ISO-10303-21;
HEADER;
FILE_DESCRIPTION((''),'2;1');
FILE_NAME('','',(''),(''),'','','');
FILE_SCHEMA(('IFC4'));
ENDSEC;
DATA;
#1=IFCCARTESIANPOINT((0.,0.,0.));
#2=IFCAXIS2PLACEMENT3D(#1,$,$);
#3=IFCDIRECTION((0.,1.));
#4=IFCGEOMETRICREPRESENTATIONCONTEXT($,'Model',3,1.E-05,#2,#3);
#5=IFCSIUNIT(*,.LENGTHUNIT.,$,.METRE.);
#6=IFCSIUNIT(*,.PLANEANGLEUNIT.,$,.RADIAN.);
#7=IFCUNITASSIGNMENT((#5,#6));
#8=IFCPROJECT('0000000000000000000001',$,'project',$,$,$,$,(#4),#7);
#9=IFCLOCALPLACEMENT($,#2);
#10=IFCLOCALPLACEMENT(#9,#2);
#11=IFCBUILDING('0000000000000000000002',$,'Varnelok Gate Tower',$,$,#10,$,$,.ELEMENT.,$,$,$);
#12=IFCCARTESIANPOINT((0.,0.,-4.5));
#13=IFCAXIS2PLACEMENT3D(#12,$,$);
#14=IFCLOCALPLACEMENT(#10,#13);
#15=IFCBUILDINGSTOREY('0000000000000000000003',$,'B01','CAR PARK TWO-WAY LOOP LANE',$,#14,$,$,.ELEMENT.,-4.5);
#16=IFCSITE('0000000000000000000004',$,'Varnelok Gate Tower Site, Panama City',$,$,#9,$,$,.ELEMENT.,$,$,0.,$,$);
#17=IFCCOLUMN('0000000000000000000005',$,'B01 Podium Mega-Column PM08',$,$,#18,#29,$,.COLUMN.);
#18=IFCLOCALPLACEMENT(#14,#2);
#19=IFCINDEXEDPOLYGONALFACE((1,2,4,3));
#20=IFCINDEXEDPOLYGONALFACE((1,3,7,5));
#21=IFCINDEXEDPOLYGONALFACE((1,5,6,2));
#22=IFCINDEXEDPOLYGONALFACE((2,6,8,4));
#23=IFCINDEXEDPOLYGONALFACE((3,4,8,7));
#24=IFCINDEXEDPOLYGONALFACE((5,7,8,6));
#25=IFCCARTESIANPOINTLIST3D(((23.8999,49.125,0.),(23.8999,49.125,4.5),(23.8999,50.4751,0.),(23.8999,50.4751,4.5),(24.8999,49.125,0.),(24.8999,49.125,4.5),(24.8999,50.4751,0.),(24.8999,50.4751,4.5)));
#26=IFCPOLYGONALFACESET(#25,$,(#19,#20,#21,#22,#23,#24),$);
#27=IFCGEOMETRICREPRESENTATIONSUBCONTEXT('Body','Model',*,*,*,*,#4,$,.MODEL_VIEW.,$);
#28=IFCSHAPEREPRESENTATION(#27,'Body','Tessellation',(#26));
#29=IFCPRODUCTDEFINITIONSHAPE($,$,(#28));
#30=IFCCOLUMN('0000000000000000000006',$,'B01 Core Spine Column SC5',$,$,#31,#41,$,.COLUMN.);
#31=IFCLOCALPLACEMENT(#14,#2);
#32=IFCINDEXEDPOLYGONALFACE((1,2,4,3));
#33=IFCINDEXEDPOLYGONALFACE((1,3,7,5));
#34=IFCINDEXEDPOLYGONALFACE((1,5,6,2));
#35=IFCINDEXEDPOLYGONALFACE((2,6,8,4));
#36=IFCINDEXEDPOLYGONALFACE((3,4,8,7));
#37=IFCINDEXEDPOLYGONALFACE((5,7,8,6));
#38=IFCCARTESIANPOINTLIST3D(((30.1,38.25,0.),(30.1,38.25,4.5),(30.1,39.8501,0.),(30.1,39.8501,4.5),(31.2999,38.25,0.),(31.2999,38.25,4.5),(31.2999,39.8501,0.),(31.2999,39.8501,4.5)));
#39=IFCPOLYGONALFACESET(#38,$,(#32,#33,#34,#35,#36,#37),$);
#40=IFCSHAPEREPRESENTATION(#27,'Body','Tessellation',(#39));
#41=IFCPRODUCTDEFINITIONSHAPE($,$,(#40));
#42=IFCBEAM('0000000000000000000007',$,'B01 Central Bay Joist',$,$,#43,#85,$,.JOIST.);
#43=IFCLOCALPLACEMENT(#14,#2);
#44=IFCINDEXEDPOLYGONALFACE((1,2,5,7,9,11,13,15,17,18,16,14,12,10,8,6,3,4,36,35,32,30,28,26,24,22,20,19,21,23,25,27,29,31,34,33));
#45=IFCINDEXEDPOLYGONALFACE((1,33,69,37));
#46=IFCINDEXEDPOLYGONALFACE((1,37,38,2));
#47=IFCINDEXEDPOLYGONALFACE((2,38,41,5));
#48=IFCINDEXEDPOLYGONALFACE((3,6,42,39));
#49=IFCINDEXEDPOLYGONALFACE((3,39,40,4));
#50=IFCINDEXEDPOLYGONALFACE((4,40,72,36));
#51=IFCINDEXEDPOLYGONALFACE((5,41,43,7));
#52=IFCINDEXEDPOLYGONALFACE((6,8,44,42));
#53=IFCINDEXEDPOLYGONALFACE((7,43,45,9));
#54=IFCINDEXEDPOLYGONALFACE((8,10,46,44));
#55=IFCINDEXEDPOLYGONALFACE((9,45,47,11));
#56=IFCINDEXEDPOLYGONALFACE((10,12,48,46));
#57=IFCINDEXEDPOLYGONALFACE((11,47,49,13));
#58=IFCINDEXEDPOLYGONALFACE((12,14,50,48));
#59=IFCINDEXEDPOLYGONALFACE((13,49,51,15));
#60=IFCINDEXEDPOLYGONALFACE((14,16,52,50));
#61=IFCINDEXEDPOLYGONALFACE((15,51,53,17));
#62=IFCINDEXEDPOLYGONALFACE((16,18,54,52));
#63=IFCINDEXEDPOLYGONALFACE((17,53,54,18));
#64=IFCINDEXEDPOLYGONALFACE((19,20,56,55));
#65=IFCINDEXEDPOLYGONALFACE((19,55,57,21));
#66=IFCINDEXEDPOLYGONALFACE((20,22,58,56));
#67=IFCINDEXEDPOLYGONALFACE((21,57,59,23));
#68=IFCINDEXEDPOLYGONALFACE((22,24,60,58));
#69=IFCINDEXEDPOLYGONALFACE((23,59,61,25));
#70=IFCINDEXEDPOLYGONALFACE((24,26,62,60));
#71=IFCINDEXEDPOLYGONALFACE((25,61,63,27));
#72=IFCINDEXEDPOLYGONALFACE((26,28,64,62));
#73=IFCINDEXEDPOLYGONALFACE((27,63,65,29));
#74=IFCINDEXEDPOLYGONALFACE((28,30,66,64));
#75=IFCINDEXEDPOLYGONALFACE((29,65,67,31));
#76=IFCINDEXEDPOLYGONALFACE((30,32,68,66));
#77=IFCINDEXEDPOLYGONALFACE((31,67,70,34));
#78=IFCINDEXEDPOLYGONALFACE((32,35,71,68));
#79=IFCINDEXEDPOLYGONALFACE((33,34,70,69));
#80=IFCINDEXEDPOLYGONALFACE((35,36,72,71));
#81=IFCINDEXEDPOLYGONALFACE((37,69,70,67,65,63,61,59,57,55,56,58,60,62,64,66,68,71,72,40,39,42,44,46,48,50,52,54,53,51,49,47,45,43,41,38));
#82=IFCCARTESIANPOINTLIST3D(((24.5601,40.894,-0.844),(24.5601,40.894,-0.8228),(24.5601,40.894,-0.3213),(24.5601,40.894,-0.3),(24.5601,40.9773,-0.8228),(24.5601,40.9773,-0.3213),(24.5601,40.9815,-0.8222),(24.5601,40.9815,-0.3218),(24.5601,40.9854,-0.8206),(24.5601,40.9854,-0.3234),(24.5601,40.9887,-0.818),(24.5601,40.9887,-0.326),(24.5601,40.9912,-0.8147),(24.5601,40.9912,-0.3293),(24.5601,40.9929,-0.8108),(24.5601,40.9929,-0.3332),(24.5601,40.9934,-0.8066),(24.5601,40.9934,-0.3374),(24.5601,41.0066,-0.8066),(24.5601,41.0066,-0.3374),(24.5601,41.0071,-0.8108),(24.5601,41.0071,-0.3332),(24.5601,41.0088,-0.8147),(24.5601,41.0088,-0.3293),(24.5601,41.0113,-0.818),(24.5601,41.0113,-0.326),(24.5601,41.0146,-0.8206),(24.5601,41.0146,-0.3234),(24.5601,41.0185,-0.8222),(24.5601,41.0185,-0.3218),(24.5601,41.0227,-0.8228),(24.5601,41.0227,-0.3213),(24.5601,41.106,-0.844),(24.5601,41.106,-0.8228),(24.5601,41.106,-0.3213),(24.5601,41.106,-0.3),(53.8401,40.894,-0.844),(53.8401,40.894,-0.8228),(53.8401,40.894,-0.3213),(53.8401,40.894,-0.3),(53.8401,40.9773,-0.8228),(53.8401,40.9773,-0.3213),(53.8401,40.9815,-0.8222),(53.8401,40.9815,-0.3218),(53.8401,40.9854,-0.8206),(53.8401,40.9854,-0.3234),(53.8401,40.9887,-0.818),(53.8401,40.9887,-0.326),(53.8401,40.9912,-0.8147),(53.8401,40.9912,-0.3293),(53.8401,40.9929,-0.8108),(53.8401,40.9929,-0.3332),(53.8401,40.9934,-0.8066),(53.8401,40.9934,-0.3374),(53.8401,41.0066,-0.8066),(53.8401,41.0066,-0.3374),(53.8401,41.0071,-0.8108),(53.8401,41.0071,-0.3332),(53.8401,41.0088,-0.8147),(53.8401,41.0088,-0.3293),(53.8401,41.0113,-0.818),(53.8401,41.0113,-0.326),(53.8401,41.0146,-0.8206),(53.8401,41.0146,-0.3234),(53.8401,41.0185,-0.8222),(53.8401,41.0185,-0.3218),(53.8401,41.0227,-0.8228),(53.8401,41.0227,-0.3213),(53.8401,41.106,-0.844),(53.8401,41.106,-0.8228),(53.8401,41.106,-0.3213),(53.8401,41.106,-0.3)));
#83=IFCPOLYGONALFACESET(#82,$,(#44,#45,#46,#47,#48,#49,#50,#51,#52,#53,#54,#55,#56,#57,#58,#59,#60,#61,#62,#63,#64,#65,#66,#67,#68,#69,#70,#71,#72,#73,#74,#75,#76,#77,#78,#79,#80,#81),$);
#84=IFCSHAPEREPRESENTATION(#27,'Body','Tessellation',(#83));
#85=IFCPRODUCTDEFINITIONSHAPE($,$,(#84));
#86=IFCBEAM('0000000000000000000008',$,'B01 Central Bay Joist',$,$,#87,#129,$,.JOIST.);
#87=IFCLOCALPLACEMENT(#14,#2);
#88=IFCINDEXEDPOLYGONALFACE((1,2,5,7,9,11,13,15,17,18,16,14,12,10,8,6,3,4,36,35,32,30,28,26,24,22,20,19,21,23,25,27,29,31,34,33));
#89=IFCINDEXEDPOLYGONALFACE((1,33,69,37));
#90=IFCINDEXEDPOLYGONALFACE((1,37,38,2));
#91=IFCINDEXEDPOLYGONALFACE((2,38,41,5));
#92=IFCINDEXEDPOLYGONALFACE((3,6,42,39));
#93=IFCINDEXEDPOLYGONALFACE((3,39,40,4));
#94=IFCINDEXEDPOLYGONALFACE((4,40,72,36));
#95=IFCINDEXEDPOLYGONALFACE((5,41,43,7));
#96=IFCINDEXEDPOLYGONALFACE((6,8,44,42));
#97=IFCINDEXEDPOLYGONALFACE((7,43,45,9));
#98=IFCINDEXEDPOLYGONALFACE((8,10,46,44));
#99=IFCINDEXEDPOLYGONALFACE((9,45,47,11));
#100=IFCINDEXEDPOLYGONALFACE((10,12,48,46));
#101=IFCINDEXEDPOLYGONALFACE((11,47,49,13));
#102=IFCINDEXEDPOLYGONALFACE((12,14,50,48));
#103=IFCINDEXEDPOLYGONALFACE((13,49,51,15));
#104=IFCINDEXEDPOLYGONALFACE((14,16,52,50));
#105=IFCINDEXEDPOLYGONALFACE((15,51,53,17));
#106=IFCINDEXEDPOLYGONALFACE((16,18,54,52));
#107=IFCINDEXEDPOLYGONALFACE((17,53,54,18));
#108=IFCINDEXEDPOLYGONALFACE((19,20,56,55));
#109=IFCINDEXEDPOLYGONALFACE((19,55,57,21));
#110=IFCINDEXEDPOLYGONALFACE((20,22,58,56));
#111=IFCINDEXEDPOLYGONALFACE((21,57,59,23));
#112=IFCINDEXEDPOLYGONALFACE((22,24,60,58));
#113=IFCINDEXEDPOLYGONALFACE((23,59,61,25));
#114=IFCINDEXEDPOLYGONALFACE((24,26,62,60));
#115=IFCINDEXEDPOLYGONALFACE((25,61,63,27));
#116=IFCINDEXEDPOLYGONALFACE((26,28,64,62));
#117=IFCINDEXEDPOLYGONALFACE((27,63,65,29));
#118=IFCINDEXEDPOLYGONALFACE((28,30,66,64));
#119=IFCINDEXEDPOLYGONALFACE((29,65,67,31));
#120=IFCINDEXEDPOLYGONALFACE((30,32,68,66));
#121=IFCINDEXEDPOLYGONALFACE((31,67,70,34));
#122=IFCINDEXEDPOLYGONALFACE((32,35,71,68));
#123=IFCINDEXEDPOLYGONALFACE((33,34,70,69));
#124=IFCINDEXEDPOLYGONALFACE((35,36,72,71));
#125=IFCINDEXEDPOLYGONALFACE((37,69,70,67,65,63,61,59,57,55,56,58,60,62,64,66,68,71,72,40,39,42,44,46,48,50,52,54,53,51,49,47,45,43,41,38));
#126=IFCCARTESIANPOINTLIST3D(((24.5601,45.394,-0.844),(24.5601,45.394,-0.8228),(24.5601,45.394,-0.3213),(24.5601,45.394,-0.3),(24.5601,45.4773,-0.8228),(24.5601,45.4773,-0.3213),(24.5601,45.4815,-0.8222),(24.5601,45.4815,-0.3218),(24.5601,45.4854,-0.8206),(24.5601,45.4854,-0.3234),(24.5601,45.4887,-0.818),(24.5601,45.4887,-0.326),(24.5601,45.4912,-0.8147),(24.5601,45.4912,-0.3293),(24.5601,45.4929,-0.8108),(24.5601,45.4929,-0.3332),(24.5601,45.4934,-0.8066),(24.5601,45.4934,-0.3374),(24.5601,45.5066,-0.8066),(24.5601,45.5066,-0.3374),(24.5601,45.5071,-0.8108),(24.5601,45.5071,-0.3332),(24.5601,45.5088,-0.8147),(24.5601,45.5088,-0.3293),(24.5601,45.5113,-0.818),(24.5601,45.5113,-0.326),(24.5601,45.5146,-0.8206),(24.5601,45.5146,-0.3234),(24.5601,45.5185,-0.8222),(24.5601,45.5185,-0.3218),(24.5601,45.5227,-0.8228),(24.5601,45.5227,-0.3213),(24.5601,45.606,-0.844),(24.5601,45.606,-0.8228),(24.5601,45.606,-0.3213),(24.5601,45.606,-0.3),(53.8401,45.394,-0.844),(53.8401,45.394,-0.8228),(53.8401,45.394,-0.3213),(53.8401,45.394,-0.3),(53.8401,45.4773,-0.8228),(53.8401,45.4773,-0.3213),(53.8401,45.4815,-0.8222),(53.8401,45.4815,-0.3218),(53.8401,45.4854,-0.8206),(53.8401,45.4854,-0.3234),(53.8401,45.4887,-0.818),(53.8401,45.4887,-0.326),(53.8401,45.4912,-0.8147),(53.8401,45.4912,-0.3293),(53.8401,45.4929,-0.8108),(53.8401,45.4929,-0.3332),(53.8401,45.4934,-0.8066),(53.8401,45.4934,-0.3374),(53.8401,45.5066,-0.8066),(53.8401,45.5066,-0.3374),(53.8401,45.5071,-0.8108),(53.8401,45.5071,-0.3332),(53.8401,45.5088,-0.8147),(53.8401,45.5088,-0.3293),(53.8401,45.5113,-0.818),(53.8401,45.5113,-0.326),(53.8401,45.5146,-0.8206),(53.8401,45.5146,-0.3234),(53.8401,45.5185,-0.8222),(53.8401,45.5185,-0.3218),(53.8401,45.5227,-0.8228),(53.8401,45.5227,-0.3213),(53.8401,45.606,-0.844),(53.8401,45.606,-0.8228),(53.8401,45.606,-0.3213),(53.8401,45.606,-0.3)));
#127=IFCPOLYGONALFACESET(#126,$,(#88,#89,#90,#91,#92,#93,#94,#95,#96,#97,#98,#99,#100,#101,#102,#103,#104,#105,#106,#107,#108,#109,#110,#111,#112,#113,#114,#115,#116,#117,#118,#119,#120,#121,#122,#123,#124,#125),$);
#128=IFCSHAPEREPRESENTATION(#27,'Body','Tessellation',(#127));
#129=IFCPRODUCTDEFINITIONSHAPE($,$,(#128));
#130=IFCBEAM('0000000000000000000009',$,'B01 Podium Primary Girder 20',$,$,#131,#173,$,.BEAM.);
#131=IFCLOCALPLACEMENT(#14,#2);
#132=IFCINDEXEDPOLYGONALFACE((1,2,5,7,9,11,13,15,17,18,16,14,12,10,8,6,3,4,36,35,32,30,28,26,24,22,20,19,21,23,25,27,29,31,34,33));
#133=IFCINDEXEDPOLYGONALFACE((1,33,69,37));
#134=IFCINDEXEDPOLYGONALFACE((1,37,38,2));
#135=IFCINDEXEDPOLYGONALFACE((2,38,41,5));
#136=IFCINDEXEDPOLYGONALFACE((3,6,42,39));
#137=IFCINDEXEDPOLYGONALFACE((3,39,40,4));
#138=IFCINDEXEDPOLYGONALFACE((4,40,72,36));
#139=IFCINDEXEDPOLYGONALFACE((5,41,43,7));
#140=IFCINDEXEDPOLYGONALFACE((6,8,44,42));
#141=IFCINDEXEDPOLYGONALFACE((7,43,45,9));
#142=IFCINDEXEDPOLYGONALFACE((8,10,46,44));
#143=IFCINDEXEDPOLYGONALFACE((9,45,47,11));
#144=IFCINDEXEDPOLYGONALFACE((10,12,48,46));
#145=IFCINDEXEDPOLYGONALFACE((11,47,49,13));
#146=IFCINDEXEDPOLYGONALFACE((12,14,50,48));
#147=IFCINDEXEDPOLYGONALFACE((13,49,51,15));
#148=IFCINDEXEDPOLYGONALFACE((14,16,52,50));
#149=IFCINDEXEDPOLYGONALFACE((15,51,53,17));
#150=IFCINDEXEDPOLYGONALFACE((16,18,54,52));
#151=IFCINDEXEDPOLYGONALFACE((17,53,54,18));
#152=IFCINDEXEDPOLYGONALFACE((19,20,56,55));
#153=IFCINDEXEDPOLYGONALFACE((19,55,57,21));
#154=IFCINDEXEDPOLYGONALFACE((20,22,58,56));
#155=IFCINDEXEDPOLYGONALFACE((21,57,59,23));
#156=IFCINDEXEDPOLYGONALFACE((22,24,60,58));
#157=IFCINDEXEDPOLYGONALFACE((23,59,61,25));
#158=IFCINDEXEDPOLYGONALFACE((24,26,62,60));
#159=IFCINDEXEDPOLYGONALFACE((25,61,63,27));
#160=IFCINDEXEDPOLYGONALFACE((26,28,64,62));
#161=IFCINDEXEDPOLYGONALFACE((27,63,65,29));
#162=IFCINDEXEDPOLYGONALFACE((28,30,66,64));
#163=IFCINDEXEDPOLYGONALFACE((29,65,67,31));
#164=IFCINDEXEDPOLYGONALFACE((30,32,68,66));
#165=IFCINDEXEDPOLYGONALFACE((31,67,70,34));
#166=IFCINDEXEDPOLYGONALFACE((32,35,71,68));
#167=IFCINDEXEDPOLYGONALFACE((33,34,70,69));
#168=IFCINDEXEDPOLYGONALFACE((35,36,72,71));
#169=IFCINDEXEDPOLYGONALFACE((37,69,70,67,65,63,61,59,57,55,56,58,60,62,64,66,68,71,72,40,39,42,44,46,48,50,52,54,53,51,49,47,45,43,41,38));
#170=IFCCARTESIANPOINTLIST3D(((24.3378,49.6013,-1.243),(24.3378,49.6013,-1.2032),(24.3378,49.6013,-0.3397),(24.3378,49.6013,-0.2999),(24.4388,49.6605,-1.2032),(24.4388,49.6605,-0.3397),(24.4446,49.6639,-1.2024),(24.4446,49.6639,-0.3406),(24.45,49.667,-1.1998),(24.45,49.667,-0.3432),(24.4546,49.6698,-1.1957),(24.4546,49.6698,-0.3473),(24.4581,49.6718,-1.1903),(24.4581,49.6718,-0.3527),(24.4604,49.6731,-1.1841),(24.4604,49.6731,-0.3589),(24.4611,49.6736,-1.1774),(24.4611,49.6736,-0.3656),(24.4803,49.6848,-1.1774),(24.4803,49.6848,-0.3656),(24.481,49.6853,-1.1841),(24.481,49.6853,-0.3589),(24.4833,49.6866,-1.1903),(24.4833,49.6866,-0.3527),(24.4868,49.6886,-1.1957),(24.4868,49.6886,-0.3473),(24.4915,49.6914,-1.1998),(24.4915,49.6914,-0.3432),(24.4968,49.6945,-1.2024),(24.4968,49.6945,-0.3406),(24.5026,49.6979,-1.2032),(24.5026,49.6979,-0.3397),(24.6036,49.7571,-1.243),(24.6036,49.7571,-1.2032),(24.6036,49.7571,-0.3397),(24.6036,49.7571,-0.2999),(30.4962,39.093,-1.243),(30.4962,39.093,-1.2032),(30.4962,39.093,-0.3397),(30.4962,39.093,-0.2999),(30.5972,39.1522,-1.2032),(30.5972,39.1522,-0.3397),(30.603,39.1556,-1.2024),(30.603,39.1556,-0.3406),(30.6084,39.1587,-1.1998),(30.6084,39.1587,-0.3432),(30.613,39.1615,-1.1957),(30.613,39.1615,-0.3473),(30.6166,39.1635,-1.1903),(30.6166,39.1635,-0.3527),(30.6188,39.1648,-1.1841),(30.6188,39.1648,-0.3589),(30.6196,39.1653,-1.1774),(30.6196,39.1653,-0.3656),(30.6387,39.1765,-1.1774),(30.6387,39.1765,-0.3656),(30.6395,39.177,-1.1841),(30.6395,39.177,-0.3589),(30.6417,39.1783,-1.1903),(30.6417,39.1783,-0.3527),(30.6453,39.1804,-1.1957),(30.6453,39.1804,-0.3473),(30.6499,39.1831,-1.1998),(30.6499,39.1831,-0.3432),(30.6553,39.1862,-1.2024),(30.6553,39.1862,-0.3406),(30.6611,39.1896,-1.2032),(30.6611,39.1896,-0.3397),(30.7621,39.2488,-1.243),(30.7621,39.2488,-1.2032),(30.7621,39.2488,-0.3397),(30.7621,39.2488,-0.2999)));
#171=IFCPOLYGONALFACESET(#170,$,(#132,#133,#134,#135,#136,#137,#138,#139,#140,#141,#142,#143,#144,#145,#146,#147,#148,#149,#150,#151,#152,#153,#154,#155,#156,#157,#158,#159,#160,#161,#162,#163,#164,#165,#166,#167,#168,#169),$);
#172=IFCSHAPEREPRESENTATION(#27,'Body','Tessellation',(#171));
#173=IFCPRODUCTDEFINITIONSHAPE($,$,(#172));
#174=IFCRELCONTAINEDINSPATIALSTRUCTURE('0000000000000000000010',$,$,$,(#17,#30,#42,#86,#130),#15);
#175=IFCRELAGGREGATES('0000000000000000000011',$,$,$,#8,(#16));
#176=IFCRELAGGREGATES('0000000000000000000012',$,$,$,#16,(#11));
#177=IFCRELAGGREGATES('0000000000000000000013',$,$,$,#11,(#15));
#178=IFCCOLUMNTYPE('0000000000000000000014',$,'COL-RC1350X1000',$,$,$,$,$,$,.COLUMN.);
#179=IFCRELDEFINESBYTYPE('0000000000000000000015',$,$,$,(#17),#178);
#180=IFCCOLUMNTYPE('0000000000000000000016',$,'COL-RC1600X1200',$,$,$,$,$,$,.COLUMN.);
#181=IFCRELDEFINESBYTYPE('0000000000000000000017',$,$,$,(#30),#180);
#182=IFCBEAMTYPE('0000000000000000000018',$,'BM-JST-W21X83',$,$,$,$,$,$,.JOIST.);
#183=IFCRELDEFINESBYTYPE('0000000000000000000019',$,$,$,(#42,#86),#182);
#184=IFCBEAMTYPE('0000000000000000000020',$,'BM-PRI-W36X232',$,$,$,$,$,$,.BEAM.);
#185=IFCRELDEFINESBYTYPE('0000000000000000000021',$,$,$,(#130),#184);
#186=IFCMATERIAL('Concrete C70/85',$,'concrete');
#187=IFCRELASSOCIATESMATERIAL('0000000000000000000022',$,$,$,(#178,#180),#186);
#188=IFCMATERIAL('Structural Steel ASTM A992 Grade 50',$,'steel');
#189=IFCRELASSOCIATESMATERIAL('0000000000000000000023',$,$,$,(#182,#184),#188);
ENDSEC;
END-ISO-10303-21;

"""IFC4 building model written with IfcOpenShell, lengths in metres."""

from ifc_helpers import new_model, si_unit, direction, frame, origin, origin_2d, place, context, subcontext, project, spatial, rectangle, i_section, extrude, material, material_profile, profile_set, type_object, element, save


model = new_model("IFC4")

# Units and contexts
model_context = context("Model", 3, precision=1e-05, world=origin(), true_north=direction((0.0, 1.0)))
body_context = subcontext(model_context, "Body", "Model", "MODEL_VIEW")
ifc_project = project(units=[si_unit("LENGTHUNIT", "METRE"), si_unit("PLANEANGLEUNIT", "RADIAN")], contexts=[model_context])

# Site, building, storey
site_placement = place(None, origin())
site = spatial("IfcSite", under=ifc_project, at=site_placement, Name="Varnelok Gate Tower Site, Panama City", CompositionType="ELEMENT", RefElevation=0.0)
building_placement = place(site_placement, origin())
building = spatial("IfcBuilding", under=site, at=building_placement, Name="Varnelok Gate Tower", CompositionType="ELEMENT")
storey_placement = place(building_placement, frame((0.0, 0.0, -4.5)))
storey = spatial("IfcBuildingStorey", under=building, at=storey_placement, Name="B01", Description="CAR PARK TWO-WAY LOOP LANE", CompositionType="ELEMENT", Elevation=-4.5)

# Columns
ifc_material_1 = material(Name="Concrete C70/85", Category="concrete")
ifc_material_profile_1 = material_profile(ifc_material_1, rectangle(XDim=1.0, YDim=1.3501, at=origin_2d()), Name="RC1350X1000")
ifc_profile_set_1 = profile_set([ifc_material_profile_1], Name="Concrete C70/85")
column_type_1 = type_object("IfcColumnType", Name="COL-RC1350X1000", PredefinedType="COLUMN", material=ifc_profile_set_1)
column_1_placement = place(storey_placement, frame((24.3999, 49.8, 0.0), z_axis=(0.0, 0.0, 1.0), x_axis=(1.0, 0.0, 0.0)))
element("IfcColumn", 1, at=column_1_placement, inside=storey, type_object=column_type_1, Name="B01 Podium Mega-Column PM08", PredefinedType="COLUMN", context=body_context, shape_type="SweptSolid", body=[
    extrude(rectangle(XDim=1.0, YDim=1.3501, at=origin_2d()), origin(), (0.0, 0.0, 1.0), 4.5),
])
ifc_material_profile_2 = material_profile(ifc_material_1, rectangle(XDim=1.2, YDim=1.6001, at=origin_2d()), Name="RC1600X1200")
ifc_profile_set_2 = profile_set([ifc_material_profile_2], Name="Concrete C70/85")
column_type_2 = type_object("IfcColumnType", Name="COL-RC1600X1200", PredefinedType="COLUMN", material=ifc_profile_set_2)
column_2_placement = place(storey_placement, frame((30.7, 39.05, 0.0), z_axis=(0.0, 0.0, 1.0), x_axis=(1.0, 0.0, 0.0)))
element("IfcColumn", 2, at=column_2_placement, inside=storey, type_object=column_type_2, Name="B01 Core Spine Column SC5", PredefinedType="COLUMN", context=body_context, shape_type="SweptSolid", body=[
    extrude(rectangle(XDim=1.2, YDim=1.6001, at=origin_2d()), origin(), (0.0, 0.0, 1.0), 4.5),
])

# Beams
ifc_material_2 = material(Name="Structural Steel ASTM A992 Grade 50", Category="steel")
ifc_material_profile_3 = material_profile(ifc_material_2, i_section(OverallWidth=0.2119, OverallDepth=0.5439, WebThickness=0.0132, FlangeThickness=0.0212, FilletRadius=0.0161, at=origin_2d()), Name="W21X83")
ifc_profile_set_3 = profile_set([ifc_material_profile_3], Name="Structural Steel ASTM A992 Grade 50")
beam_type_1 = type_object("IfcBeamType", Name="BM-JST-W21X83", PredefinedType="JOIST", material=ifc_profile_set_3)
for number, where, z_axis, x_axis, name in (
    (3, (24.5601, 41.0, -0.572), (1.0, 0.0, 0.0), (0.0, 1.0, 0.0), "B01 Central Bay Joist"),
    (4, (24.5601, 45.5, -0.572), (1.0, 0.0, 0.0), (0.0, 1.0, 0.0), "B01 Central Bay Joist"),
):
    element("IfcBeam", number, at=place(storey_placement, frame(where, z_axis=z_axis, x_axis=x_axis)), inside=storey, type_object=beam_type_1, Name=name, PredefinedType="JOIST", context=body_context, shape_type="SweptSolid", body=[
        extrude(i_section(OverallWidth=0.2119, OverallDepth=0.5439, WebThickness=0.0132, FlangeThickness=0.0212, FilletRadius=0.0161, at=origin_2d()), origin(), (0.0, 0.0, 1.0), 29.28),
    ])
ifc_material_profile_4 = material_profile(ifc_material_2, i_section(OverallWidth=0.3081, OverallDepth=0.9431, WebThickness=0.0222, FlangeThickness=0.0398, FilletRadius=0.0259, at=origin_2d()), Name="W36X232")
ifc_profile_set_4 = profile_set([ifc_material_profile_4], Name="Structural Steel ASTM A992 Grade 50")
beam_type_2 = type_object("IfcBeamType", Name="BM-PRI-W36X232", PredefinedType="BEAM", material=ifc_profile_set_4)
beam_1_placement = place(storey_placement, frame((24.4707, 49.6792, -0.7715), z_axis=(0.505622, -0.862755, 0.0), x_axis=(0.862755, 0.505622, 0.0)))
element("IfcBeam", 5, at=beam_1_placement, inside=storey, type_object=beam_type_2, Name="B01 Podium Primary Girder 20", PredefinedType="BEAM", context=body_context, shape_type="SweptSolid", body=[
    extrude(i_section(OverallWidth=0.3081, OverallDepth=0.9431, WebThickness=0.0222, FlangeThickness=0.0398, FilletRadius=0.0259, at=origin_2d()), origin(), (0.0, 0.0, 1.0), 12.1799),
])

save(model, "model.ifc")
